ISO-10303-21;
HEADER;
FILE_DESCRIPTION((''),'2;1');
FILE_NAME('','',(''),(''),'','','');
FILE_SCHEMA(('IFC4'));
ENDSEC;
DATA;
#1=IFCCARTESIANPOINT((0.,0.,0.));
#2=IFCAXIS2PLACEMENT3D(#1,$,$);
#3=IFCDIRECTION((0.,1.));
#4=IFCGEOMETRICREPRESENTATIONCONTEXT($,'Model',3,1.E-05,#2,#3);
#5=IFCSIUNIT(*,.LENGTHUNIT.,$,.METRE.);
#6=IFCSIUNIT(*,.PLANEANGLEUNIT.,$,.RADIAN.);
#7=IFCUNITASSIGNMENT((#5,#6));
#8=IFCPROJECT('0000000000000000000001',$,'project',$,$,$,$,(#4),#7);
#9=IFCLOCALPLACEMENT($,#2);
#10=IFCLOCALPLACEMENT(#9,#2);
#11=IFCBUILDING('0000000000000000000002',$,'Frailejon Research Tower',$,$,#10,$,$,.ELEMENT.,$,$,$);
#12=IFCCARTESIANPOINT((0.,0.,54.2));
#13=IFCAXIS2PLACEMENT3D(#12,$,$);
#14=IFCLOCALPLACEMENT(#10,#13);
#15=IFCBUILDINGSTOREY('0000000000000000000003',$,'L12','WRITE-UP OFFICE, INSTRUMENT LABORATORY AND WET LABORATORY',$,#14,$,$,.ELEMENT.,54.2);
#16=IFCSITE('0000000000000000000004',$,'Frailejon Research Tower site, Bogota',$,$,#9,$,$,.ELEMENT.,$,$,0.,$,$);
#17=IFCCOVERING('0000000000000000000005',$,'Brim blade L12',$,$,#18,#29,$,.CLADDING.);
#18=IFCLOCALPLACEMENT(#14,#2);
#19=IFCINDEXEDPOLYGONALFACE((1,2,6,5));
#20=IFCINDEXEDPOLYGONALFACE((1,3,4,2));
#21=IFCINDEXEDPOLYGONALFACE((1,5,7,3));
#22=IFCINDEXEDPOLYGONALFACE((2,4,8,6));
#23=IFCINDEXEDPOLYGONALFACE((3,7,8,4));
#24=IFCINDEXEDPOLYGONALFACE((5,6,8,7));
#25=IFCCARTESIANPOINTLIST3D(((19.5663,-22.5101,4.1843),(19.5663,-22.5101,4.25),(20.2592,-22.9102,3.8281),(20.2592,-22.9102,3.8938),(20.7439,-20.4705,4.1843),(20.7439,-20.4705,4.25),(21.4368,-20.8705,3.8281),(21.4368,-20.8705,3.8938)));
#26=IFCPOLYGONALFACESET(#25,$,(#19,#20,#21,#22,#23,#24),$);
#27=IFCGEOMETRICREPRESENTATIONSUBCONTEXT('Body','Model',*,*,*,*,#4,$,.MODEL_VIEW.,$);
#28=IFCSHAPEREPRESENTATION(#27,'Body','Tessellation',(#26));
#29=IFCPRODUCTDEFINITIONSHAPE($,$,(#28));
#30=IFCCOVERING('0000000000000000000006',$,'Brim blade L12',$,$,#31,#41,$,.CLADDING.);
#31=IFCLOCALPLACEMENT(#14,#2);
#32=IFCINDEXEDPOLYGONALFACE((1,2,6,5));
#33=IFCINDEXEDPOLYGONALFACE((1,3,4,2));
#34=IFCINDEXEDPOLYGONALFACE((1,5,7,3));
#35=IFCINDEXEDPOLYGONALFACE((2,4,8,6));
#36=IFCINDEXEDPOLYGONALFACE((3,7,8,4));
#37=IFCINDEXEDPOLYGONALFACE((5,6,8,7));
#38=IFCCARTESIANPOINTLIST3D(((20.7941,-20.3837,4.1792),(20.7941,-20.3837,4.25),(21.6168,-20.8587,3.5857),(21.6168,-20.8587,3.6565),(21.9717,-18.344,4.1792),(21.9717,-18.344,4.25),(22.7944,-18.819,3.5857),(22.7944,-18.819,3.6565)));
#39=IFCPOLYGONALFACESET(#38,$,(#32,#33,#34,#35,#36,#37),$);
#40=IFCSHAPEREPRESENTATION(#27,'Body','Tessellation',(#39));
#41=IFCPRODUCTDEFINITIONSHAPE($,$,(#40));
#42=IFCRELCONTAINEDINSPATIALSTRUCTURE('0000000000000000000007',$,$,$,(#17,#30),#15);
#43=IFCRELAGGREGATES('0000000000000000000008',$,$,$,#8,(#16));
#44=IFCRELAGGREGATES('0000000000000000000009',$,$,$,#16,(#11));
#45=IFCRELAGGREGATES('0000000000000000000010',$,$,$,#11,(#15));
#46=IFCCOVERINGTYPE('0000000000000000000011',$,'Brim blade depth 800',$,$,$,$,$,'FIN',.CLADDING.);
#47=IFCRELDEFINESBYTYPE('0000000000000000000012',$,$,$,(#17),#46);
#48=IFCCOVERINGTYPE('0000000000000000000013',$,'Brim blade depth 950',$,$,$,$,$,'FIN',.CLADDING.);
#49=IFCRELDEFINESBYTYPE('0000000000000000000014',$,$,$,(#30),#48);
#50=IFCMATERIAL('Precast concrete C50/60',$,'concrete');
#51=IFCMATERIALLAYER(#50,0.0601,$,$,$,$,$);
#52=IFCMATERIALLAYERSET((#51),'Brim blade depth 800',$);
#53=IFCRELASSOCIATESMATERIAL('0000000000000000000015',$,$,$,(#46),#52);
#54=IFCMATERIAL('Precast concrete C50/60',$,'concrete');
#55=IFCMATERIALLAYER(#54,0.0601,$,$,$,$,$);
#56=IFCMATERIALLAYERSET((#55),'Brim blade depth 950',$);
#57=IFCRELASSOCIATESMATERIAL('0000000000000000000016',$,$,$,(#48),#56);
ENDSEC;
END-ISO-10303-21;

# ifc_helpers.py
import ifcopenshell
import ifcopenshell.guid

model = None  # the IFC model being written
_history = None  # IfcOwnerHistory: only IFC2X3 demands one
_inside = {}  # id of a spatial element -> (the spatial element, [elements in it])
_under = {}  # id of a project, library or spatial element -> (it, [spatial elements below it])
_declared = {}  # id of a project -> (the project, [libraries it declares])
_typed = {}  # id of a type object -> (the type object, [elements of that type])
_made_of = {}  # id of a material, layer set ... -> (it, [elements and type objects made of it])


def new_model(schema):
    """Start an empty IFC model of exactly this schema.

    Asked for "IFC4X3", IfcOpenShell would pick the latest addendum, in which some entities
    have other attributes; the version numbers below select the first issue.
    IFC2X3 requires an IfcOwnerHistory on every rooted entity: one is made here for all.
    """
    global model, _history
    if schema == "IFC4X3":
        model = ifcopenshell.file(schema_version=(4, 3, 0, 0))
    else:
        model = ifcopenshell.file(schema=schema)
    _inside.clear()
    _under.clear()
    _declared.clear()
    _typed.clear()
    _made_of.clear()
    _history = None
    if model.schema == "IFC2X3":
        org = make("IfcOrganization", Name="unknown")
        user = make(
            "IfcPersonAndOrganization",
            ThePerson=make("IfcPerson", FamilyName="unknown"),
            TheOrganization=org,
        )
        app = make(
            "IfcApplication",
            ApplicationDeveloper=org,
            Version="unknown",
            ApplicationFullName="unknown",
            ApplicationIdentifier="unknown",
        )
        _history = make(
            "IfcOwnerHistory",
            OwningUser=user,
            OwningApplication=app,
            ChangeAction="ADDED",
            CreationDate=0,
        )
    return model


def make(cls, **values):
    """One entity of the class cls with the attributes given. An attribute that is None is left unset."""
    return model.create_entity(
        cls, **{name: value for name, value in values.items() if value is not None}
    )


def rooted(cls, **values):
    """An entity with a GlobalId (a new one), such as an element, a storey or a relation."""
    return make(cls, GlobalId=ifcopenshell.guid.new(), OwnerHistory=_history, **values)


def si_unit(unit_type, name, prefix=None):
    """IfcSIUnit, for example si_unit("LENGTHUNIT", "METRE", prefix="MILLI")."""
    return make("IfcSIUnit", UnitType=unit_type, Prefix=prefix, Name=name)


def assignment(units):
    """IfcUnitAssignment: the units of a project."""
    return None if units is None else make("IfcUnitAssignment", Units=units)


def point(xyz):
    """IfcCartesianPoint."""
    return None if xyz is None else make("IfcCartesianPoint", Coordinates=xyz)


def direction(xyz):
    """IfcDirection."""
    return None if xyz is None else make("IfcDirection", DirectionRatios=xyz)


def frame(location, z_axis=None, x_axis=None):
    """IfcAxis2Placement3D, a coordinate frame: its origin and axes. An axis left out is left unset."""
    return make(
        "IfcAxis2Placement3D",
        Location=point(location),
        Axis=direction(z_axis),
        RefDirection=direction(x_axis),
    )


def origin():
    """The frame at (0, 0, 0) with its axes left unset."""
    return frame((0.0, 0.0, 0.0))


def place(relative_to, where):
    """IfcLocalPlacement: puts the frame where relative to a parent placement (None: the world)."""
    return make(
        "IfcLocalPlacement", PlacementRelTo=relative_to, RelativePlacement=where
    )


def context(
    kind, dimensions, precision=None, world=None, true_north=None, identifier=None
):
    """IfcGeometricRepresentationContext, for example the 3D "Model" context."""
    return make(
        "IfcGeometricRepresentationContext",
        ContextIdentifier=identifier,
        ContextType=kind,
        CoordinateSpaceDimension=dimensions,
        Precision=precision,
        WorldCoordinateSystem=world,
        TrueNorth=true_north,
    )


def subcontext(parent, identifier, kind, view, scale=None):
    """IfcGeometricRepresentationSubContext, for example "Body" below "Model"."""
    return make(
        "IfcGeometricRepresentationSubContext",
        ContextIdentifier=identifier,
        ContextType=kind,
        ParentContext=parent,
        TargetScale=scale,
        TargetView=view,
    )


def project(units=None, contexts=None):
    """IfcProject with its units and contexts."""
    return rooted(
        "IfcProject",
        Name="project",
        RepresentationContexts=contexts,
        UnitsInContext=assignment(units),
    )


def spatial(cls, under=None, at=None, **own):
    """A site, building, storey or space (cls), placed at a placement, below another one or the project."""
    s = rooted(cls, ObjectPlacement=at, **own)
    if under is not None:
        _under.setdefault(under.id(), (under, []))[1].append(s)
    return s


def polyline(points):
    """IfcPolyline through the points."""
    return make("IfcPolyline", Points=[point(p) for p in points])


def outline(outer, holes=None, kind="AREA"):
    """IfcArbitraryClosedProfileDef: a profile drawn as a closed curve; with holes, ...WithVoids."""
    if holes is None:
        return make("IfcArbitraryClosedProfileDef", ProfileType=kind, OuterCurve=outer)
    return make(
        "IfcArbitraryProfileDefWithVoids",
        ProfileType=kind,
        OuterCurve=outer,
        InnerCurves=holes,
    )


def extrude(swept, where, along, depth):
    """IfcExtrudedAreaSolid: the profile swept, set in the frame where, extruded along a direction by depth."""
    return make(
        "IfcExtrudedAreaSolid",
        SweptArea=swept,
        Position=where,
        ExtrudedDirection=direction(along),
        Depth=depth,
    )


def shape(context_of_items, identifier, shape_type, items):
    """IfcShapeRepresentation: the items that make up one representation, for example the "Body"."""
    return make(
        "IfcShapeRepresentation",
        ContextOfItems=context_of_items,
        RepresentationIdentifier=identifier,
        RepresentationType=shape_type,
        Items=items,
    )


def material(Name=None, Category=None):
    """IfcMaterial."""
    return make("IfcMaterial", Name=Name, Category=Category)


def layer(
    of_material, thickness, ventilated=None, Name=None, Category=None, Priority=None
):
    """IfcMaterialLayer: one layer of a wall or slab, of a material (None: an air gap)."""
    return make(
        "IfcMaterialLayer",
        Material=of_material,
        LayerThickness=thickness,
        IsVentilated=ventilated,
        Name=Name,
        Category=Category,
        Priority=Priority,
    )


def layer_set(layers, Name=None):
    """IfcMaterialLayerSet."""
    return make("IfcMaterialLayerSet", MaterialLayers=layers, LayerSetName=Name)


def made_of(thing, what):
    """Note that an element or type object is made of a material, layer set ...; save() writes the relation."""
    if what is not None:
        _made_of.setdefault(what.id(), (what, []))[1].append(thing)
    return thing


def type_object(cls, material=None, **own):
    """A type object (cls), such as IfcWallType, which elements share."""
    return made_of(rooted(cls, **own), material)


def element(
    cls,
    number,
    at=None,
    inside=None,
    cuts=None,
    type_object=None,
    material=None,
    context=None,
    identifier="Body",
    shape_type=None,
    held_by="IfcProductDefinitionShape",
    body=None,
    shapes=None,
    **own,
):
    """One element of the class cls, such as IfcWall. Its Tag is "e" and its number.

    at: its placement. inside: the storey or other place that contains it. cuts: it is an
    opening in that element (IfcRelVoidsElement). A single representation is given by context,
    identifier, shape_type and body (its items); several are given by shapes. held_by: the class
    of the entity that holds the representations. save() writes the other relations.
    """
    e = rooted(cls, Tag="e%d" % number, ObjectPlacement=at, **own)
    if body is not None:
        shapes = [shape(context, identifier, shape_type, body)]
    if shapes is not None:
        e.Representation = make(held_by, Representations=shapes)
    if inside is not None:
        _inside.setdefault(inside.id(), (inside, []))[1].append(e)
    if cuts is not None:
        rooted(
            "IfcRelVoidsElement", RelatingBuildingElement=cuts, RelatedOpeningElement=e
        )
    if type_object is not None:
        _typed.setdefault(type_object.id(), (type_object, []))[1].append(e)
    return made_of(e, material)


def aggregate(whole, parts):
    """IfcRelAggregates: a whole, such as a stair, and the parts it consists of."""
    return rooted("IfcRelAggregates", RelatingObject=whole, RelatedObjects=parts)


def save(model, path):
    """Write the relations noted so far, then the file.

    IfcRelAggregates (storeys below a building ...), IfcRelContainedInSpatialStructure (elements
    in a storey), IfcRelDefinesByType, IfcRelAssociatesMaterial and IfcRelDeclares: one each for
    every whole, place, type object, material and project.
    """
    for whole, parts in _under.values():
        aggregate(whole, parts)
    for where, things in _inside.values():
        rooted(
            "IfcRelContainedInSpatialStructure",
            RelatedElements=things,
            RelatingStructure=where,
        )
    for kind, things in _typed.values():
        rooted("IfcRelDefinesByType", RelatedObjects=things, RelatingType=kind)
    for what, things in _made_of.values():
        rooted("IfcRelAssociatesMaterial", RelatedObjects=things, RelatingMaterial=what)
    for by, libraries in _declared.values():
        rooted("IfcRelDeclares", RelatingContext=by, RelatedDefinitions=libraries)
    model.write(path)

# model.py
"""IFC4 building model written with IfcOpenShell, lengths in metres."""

from ifc_helpers import new_model, si_unit, direction, frame, origin, place, context, subcontext, project, spatial, polyline, outline, extrude, material, layer, layer_set, type_object, element, save


model = new_model("IFC4")

# Units and contexts
model_context = context("Model", 3, precision=1e-05, world=origin(), true_north=direction((0.0, 1.0)))
body_context = subcontext(model_context, "Body", "Model", "MODEL_VIEW")
ifc_project = project(units=[si_unit("LENGTHUNIT", "METRE"), si_unit("PLANEANGLEUNIT", "RADIAN")], contexts=[model_context])

# Site, building, storey
site_placement = place(None, origin())
site = spatial("IfcSite", under=ifc_project, at=site_placement, Name="Frailejon Research Tower site, Bogota", CompositionType="ELEMENT", RefElevation=0.0)
building_placement = place(site_placement, origin())
building = spatial("IfcBuilding", under=site, at=building_placement, Name="Frailejon Research Tower", CompositionType="ELEMENT")
storey_placement = place(building_placement, frame((0.0, 0.0, 54.2)))
storey = spatial("IfcBuildingStorey", under=building, at=storey_placement, Name="L12", Description="WRITE-UP OFFICE, INSTRUMENT LABORATORY AND WET LABORATORY", CompositionType="ELEMENT", Elevation=54.2)

# Coverings
ifc_material_1 = material(Name="Precast concrete C50/60", Category="concrete")
ifc_layer_1 = layer(ifc_material_1, 0.0601)
ifc_layer_set_1 = layer_set([ifc_layer_1], Name="Brim blade depth 800")
covering_type_1 = type_object("IfcCoveringType", Name="Brim blade depth 800", ElementType="FIN", PredefinedType="CLADDING", material=ifc_layer_set_1)
for number, where, z_axis, x_axis, name in (
    (1, (20.7439, -20.4705, 4.25), (-0.499997, -0.866027, 0.0), (0.866027, -0.499997, 0.0), "Brim blade L12"),
):
    element("IfcCovering", number, at=place(storey_placement, frame(where, z_axis=z_axis, x_axis=x_axis)), inside=storey, type_object=covering_type_1, Name=name, PredefinedType="CLADDING", context=body_context, shape_type="SweptSolid", body=[
        extrude(outline(polyline([(0.0, -0.0657), (0.8, -0.4219), (0.8, -0.3562), (0.0, 0.0), (0.0, -0.0657)])), origin(), (0.0, 0.0, 1.0), 2.3552),
    ])
ifc_material_2 = material(Name="Precast concrete C50/60", Category="concrete")
ifc_layer_2 = layer(ifc_material_2, 0.0601)
ifc_layer_set_2 = layer_set([ifc_layer_2], Name="Brim blade depth 950")
covering_type_2 = type_object("IfcCoveringType", Name="Brim blade depth 950", ElementType="FIN", PredefinedType="CLADDING", material=ifc_layer_set_2)
covering_1_placement = place(storey_placement, frame((21.9717, -18.344, 4.25), z_axis=(-0.499997, -0.866027, 0.0), x_axis=(0.866027, -0.499997, 0.0)))
element("IfcCovering", 2, at=covering_1_placement, inside=storey, type_object=covering_type_2, Name="Brim blade L12", PredefinedType="CLADDING", context=body_context, shape_type="SweptSolid", body=[
    extrude(outline(polyline([(0.0, -0.0708), (0.95, -0.6643), (0.95, -0.5935), (0.0, 0.0), (0.0, -0.0708)])), origin(), (0.0, 0.0, 1.0), 2.3552),
])

save(model, "model.ifc")
